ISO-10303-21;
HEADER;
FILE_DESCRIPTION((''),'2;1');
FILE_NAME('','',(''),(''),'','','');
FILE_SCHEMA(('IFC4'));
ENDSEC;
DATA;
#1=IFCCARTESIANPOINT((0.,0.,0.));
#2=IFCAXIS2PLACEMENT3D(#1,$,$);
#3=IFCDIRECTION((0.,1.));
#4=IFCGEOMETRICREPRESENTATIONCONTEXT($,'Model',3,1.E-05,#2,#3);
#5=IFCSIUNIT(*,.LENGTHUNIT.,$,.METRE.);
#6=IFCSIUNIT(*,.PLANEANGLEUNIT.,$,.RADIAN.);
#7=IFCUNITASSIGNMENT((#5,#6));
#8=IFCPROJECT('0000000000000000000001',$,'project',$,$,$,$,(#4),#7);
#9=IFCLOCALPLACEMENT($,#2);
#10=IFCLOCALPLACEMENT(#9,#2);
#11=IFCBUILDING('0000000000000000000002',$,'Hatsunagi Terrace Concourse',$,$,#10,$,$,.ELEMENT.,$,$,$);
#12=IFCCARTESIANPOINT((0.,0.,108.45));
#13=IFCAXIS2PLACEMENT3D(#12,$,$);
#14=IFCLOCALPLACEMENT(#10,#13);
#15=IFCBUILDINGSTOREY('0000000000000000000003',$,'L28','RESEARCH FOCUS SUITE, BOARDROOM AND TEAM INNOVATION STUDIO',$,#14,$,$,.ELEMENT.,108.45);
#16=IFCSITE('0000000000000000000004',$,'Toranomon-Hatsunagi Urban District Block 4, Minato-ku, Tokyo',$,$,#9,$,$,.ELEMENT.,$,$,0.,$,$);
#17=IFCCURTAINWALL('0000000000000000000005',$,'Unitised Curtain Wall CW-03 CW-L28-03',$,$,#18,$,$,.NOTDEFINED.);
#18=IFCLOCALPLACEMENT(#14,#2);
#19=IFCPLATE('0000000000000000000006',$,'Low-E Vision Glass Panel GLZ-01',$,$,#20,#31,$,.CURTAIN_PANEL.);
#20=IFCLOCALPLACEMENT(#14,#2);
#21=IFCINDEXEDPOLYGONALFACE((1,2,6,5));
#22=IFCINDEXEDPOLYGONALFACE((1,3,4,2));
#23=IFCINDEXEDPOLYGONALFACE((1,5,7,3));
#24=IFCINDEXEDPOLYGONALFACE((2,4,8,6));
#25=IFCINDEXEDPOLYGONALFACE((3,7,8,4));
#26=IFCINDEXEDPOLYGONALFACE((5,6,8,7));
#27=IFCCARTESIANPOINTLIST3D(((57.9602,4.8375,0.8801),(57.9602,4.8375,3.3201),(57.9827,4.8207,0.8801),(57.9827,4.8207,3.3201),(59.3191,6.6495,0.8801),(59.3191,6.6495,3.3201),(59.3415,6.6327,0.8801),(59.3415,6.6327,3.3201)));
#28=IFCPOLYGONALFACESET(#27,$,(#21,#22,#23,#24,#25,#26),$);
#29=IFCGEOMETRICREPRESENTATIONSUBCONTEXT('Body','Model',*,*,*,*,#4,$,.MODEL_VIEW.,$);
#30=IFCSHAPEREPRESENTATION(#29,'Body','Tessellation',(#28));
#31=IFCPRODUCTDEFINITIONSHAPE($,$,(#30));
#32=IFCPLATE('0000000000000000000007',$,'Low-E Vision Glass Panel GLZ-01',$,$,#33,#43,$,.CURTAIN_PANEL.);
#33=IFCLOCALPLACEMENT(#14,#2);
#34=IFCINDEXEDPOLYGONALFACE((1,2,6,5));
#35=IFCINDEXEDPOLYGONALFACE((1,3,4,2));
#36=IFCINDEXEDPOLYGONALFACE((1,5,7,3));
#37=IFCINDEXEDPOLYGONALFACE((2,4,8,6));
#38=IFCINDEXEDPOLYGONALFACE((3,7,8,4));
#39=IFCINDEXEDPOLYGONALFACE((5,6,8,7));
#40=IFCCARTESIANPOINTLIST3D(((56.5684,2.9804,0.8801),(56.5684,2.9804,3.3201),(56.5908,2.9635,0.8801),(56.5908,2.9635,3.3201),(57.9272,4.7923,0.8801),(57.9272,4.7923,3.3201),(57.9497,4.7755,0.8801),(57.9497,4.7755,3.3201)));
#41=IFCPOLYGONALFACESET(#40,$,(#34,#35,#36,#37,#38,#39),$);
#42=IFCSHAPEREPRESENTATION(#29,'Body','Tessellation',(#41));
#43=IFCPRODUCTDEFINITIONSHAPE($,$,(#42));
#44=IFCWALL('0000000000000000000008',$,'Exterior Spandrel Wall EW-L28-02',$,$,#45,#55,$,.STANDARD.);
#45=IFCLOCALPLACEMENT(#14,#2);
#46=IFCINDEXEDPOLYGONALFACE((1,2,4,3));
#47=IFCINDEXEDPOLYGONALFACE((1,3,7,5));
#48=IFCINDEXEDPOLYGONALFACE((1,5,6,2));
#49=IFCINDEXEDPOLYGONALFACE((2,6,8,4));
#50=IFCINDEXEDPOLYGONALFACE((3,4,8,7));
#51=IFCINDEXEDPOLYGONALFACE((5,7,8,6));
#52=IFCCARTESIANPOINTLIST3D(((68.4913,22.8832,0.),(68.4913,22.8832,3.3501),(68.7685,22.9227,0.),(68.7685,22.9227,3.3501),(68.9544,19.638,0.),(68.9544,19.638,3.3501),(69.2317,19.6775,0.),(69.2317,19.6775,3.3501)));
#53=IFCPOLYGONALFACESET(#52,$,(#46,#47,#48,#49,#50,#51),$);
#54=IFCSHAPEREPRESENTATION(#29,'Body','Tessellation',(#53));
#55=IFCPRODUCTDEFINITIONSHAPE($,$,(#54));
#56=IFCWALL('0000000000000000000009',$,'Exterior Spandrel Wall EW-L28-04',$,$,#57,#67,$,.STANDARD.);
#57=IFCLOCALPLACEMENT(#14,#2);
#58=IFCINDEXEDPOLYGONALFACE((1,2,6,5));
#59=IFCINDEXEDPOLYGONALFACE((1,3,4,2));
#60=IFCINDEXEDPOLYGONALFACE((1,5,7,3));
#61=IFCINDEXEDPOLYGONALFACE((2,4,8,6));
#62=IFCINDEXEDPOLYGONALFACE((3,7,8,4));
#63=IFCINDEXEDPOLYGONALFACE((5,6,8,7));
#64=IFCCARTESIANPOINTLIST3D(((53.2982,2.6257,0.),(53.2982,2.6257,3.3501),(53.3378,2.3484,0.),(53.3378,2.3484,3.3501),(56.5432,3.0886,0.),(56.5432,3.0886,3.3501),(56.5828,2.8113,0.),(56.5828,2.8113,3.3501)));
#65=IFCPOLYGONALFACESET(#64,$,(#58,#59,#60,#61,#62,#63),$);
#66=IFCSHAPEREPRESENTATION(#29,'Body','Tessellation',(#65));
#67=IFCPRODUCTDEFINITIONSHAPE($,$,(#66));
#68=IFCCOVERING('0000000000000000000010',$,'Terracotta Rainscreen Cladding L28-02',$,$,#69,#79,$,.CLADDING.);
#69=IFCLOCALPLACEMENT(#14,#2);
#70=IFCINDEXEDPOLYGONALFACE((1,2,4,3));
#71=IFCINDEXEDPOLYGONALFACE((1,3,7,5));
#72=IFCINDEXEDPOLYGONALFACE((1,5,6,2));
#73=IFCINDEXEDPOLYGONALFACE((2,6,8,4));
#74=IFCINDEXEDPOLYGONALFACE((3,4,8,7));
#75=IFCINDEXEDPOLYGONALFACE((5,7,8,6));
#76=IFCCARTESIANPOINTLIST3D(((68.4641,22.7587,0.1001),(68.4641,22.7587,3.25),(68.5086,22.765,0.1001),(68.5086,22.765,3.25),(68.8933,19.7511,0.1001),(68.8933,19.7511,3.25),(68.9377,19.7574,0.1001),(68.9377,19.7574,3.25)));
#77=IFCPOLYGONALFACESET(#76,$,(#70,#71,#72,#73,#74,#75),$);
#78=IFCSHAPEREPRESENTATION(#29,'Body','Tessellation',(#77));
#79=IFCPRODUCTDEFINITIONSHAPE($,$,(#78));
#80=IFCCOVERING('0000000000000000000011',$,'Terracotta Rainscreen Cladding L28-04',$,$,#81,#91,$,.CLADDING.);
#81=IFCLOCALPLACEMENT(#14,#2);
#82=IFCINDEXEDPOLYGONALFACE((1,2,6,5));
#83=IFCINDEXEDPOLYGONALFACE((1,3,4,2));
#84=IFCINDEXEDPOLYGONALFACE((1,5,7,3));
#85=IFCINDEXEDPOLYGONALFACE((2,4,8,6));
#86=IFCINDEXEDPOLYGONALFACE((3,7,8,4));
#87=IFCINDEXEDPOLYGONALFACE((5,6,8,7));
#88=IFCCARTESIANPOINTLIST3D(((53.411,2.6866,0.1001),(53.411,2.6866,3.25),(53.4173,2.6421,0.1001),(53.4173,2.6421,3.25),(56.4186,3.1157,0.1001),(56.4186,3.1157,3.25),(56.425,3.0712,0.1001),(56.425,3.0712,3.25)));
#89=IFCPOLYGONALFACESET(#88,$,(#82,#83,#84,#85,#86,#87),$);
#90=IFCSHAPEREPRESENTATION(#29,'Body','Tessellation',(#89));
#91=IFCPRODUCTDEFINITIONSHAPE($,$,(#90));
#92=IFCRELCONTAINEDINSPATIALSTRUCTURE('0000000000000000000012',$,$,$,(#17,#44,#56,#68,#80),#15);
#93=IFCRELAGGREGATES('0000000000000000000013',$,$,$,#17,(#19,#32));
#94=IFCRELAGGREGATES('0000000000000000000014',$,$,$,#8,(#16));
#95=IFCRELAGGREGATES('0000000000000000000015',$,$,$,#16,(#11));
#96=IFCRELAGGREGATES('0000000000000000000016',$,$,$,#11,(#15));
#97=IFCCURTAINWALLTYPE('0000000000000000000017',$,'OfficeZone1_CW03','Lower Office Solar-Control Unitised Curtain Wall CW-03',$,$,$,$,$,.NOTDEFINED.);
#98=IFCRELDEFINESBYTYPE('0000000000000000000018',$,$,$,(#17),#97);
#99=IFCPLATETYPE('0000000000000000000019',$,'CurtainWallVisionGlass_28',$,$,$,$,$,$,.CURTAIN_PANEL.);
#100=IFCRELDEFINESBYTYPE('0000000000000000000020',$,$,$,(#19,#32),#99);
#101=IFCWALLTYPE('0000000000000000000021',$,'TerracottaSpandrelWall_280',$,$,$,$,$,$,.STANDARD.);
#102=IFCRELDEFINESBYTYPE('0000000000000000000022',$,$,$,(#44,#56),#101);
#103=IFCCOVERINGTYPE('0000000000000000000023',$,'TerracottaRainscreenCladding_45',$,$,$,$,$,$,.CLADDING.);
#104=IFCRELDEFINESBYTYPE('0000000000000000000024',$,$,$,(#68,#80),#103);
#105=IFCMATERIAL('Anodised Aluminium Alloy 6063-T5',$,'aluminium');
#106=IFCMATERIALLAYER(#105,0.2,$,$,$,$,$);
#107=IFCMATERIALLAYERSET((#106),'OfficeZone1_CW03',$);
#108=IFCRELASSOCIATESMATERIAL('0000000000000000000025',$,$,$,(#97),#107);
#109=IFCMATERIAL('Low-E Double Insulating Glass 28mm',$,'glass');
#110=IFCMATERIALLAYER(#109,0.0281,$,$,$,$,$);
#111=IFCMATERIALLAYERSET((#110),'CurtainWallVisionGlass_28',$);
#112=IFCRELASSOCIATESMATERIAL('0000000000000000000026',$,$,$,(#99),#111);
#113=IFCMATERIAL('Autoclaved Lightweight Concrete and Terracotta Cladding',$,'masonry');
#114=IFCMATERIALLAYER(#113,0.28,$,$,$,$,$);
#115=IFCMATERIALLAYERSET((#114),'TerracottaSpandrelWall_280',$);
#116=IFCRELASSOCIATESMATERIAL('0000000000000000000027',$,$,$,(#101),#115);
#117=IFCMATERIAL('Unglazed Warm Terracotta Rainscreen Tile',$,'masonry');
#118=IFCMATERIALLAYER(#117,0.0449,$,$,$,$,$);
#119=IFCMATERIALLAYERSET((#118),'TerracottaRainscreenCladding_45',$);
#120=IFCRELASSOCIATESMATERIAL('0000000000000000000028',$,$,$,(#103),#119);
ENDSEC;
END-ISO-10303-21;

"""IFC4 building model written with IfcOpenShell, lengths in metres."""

from ifc_helpers import new_model, si_unit, direction, frame, frame_2d, origin, origin_2d, place, context, subcontext, project, spatial, rectangle, extrude, material, layer, layer_set, type_object, element, aggregate, save


model = new_model("IFC4")

# Units and contexts
model_context = context("Model", 3, precision=1e-05, world=origin(), true_north=direction((0.0, 1.0)))
body_context = subcontext(model_context, "Body", "Model", "MODEL_VIEW")
ifc_project = project(units=[si_unit("LENGTHUNIT", "METRE"), si_unit("PLANEANGLEUNIT", "RADIAN")], contexts=[model_context])

# Site, building, storey
site_placement = place(None, origin())
site = spatial("IfcSite", under=ifc_project, at=site_placement, Name="Toranomon-Hatsunagi Urban District Block 4, Minato-ku, Tokyo", CompositionType="ELEMENT", RefElevation=0.0)
building_placement = place(site_placement, origin())
building = spatial("IfcBuilding", under=site, at=building_placement, Name="Hatsunagi Terrace Concourse", CompositionType="ELEMENT")
storey_placement = place(building_placement, frame((0.0, 0.0, 108.45)))
storey = spatial("IfcBuildingStorey", under=building, at=storey_placement, Name="L28", Description="RESEARCH FOCUS SUITE, BOARDROOM AND TEAM INNOVATION STUDIO", CompositionType="ELEMENT", Elevation=108.45)

# Curtain wall
ifc_material_1 = material(Name="Anodised Aluminium Alloy 6063-T5", Category="aluminium")
ifc_layer_1 = layer(ifc_material_1, 0.2)
ifc_layer_set_1 = layer_set([ifc_layer_1], Name="OfficeZone1_CW03")
curtain_wall_type = type_object("IfcCurtainWallType", Name="OfficeZone1_CW03", Description="Lower Office Solar-Control Unitised Curtain Wall CW-03", PredefinedType="NOTDEFINED", material=ifc_layer_set_1)
curtain_wall_placement = place(storey_placement, origin())
curtain_wall = element("IfcCurtainWall", 1, at=curtain_wall_placement, inside=storey, type_object=curtain_wall_type, Name="Unitised Curtain Wall CW-03 CW-L28-03", PredefinedType="NOTDEFINED")

# Plates
ifc_material_2 = material(Name="Low-E Double Insulating Glass 28mm", Category="glass")
ifc_layer_2 = layer(ifc_material_2, 0.0281)
ifc_layer_set_2 = layer_set([ifc_layer_2], Name="CurtainWallVisionGlass_28")
plate_type_1 = type_object("IfcPlateType", Name="CurtainWallVisionGlass_28", PredefinedType="CURTAIN_PANEL", material=ifc_layer_set_2)
plate_1_placement = place(storey_placement, frame((58.6509, 5.7351, 0.8801), z_axis=(0.0, 0.0, 1.0), x_axis=(-0.599969, -0.800023, 0.0)))
plate_1 = element("IfcPlate", 2, at=plate_1_placement, type_object=plate_type_1, Name="Low-E Vision Glass Panel GLZ-01", PredefinedType="CURTAIN_PANEL", context=body_context, shape_type="SweptSolid", body=[
    extrude(rectangle(XDim=2.2649, YDim=0.0281, at=origin_2d()), origin(), (0.0, 0.0, 1.0), 2.4399),
])
plate_2_placement = place(storey_placement, frame((57.259, 3.8779, 0.8801), z_axis=(0.0, 0.0, 1.0), x_axis=(-0.599969, -0.800023, 0.0)))
plate_2 = element("IfcPlate", 3, at=plate_2_placement, type_object=plate_type_1, Name="Low-E Vision Glass Panel GLZ-01", PredefinedType="CURTAIN_PANEL", context=body_context, shape_type="SweptSolid", body=[
    extrude(rectangle(XDim=2.2649, YDim=0.0281, at=origin_2d()), origin(), (0.0, 0.0, 1.0), 2.4399),
])
aggregate(curtain_wall, [plate_1, plate_2])

# Walls
ifc_material_3 = material(Name="Autoclaved Lightweight Concrete and Terracotta Cladding", Category="masonry")
ifc_layer_3 = layer(ifc_material_3, 0.28)
ifc_layer_set_3 = layer_set([ifc_layer_3], Name="TerracottaSpandrelWall_280")
wall_type = type_object("IfcWallType", Name="TerracottaSpandrelWall_280", PredefinedType="STANDARD", material=ifc_layer_set_3)
wall_1_placement = place(storey_placement, frame((68.6299, 22.9031, 0.0), z_axis=(0.0, 0.0, 1.0), x_axis=(0.141286, -0.989969, 0.0)))
element("IfcWall", 4, at=wall_1_placement, inside=storey, type_object=wall_type, Name="Exterior Spandrel Wall EW-L28-02", PredefinedType="STANDARD", context=body_context, shape_type="SweptSolid", body=[
    extrude(rectangle(XDim=3.2781, YDim=0.28, at=frame_2d((1.6392, 0.0))), origin(), (0.0, 0.0, 1.0), 3.3501),
])
wall_2_placement = place(storey_placement, frame((56.563, 2.95, 0.0), z_axis=(0.0, 0.0, 1.0), x_axis=(-0.989978, -0.141223, 0.0)))
element("IfcWall", 5, at=wall_2_placement, inside=storey, type_object=wall_type, Name="Exterior Spandrel Wall EW-L28-04", PredefinedType="STANDARD", context=body_context, shape_type="SweptSolid", body=[
    extrude(rectangle(XDim=3.2778, YDim=0.28, at=frame_2d((1.6389, 0.0))), origin(), (0.0, 0.0, 1.0), 3.3501),
])

# Coverings
ifc_material_4 = material(Name="Unglazed Warm Terracotta Rainscreen Tile", Category="masonry")
ifc_layer_4 = layer(ifc_material_4, 0.0449)
ifc_layer_set_4 = layer_set([ifc_layer_4], Name="TerracottaRainscreenCladding_45")
covering_type = type_object("IfcCoveringType", Name="TerracottaRainscreenCladding_45", PredefinedType="CLADDING", material=ifc_layer_set_4)
for number, where, z_axis, x_axis, name in (
    (6, (68.7009, 21.2581, 0.1001), (0.0, 0.0, 1.0), (0.14125, -0.989974, 0.0), "Terracotta Rainscreen Cladding L28-02"),
    (7, (54.918, 2.8789, 0.1001), (0.0, 0.0, 1.0), (-0.989974, -0.14125, 0.0), "Terracotta Rainscreen Cladding L28-04"),
):
    element("IfcCovering", number, at=place(storey_placement, frame(where, z_axis=z_axis, x_axis=x_axis)), inside=storey, type_object=covering_type, Name=name, PredefinedType="CLADDING", context=body_context, shape_type="SweptSolid", body=[
        extrude(rectangle(XDim=3.0381, YDim=0.0449, at=origin_2d()), origin(), (0.0, 0.0, 1.0), 3.1499),
    ])

save(model, "model.ifc")
